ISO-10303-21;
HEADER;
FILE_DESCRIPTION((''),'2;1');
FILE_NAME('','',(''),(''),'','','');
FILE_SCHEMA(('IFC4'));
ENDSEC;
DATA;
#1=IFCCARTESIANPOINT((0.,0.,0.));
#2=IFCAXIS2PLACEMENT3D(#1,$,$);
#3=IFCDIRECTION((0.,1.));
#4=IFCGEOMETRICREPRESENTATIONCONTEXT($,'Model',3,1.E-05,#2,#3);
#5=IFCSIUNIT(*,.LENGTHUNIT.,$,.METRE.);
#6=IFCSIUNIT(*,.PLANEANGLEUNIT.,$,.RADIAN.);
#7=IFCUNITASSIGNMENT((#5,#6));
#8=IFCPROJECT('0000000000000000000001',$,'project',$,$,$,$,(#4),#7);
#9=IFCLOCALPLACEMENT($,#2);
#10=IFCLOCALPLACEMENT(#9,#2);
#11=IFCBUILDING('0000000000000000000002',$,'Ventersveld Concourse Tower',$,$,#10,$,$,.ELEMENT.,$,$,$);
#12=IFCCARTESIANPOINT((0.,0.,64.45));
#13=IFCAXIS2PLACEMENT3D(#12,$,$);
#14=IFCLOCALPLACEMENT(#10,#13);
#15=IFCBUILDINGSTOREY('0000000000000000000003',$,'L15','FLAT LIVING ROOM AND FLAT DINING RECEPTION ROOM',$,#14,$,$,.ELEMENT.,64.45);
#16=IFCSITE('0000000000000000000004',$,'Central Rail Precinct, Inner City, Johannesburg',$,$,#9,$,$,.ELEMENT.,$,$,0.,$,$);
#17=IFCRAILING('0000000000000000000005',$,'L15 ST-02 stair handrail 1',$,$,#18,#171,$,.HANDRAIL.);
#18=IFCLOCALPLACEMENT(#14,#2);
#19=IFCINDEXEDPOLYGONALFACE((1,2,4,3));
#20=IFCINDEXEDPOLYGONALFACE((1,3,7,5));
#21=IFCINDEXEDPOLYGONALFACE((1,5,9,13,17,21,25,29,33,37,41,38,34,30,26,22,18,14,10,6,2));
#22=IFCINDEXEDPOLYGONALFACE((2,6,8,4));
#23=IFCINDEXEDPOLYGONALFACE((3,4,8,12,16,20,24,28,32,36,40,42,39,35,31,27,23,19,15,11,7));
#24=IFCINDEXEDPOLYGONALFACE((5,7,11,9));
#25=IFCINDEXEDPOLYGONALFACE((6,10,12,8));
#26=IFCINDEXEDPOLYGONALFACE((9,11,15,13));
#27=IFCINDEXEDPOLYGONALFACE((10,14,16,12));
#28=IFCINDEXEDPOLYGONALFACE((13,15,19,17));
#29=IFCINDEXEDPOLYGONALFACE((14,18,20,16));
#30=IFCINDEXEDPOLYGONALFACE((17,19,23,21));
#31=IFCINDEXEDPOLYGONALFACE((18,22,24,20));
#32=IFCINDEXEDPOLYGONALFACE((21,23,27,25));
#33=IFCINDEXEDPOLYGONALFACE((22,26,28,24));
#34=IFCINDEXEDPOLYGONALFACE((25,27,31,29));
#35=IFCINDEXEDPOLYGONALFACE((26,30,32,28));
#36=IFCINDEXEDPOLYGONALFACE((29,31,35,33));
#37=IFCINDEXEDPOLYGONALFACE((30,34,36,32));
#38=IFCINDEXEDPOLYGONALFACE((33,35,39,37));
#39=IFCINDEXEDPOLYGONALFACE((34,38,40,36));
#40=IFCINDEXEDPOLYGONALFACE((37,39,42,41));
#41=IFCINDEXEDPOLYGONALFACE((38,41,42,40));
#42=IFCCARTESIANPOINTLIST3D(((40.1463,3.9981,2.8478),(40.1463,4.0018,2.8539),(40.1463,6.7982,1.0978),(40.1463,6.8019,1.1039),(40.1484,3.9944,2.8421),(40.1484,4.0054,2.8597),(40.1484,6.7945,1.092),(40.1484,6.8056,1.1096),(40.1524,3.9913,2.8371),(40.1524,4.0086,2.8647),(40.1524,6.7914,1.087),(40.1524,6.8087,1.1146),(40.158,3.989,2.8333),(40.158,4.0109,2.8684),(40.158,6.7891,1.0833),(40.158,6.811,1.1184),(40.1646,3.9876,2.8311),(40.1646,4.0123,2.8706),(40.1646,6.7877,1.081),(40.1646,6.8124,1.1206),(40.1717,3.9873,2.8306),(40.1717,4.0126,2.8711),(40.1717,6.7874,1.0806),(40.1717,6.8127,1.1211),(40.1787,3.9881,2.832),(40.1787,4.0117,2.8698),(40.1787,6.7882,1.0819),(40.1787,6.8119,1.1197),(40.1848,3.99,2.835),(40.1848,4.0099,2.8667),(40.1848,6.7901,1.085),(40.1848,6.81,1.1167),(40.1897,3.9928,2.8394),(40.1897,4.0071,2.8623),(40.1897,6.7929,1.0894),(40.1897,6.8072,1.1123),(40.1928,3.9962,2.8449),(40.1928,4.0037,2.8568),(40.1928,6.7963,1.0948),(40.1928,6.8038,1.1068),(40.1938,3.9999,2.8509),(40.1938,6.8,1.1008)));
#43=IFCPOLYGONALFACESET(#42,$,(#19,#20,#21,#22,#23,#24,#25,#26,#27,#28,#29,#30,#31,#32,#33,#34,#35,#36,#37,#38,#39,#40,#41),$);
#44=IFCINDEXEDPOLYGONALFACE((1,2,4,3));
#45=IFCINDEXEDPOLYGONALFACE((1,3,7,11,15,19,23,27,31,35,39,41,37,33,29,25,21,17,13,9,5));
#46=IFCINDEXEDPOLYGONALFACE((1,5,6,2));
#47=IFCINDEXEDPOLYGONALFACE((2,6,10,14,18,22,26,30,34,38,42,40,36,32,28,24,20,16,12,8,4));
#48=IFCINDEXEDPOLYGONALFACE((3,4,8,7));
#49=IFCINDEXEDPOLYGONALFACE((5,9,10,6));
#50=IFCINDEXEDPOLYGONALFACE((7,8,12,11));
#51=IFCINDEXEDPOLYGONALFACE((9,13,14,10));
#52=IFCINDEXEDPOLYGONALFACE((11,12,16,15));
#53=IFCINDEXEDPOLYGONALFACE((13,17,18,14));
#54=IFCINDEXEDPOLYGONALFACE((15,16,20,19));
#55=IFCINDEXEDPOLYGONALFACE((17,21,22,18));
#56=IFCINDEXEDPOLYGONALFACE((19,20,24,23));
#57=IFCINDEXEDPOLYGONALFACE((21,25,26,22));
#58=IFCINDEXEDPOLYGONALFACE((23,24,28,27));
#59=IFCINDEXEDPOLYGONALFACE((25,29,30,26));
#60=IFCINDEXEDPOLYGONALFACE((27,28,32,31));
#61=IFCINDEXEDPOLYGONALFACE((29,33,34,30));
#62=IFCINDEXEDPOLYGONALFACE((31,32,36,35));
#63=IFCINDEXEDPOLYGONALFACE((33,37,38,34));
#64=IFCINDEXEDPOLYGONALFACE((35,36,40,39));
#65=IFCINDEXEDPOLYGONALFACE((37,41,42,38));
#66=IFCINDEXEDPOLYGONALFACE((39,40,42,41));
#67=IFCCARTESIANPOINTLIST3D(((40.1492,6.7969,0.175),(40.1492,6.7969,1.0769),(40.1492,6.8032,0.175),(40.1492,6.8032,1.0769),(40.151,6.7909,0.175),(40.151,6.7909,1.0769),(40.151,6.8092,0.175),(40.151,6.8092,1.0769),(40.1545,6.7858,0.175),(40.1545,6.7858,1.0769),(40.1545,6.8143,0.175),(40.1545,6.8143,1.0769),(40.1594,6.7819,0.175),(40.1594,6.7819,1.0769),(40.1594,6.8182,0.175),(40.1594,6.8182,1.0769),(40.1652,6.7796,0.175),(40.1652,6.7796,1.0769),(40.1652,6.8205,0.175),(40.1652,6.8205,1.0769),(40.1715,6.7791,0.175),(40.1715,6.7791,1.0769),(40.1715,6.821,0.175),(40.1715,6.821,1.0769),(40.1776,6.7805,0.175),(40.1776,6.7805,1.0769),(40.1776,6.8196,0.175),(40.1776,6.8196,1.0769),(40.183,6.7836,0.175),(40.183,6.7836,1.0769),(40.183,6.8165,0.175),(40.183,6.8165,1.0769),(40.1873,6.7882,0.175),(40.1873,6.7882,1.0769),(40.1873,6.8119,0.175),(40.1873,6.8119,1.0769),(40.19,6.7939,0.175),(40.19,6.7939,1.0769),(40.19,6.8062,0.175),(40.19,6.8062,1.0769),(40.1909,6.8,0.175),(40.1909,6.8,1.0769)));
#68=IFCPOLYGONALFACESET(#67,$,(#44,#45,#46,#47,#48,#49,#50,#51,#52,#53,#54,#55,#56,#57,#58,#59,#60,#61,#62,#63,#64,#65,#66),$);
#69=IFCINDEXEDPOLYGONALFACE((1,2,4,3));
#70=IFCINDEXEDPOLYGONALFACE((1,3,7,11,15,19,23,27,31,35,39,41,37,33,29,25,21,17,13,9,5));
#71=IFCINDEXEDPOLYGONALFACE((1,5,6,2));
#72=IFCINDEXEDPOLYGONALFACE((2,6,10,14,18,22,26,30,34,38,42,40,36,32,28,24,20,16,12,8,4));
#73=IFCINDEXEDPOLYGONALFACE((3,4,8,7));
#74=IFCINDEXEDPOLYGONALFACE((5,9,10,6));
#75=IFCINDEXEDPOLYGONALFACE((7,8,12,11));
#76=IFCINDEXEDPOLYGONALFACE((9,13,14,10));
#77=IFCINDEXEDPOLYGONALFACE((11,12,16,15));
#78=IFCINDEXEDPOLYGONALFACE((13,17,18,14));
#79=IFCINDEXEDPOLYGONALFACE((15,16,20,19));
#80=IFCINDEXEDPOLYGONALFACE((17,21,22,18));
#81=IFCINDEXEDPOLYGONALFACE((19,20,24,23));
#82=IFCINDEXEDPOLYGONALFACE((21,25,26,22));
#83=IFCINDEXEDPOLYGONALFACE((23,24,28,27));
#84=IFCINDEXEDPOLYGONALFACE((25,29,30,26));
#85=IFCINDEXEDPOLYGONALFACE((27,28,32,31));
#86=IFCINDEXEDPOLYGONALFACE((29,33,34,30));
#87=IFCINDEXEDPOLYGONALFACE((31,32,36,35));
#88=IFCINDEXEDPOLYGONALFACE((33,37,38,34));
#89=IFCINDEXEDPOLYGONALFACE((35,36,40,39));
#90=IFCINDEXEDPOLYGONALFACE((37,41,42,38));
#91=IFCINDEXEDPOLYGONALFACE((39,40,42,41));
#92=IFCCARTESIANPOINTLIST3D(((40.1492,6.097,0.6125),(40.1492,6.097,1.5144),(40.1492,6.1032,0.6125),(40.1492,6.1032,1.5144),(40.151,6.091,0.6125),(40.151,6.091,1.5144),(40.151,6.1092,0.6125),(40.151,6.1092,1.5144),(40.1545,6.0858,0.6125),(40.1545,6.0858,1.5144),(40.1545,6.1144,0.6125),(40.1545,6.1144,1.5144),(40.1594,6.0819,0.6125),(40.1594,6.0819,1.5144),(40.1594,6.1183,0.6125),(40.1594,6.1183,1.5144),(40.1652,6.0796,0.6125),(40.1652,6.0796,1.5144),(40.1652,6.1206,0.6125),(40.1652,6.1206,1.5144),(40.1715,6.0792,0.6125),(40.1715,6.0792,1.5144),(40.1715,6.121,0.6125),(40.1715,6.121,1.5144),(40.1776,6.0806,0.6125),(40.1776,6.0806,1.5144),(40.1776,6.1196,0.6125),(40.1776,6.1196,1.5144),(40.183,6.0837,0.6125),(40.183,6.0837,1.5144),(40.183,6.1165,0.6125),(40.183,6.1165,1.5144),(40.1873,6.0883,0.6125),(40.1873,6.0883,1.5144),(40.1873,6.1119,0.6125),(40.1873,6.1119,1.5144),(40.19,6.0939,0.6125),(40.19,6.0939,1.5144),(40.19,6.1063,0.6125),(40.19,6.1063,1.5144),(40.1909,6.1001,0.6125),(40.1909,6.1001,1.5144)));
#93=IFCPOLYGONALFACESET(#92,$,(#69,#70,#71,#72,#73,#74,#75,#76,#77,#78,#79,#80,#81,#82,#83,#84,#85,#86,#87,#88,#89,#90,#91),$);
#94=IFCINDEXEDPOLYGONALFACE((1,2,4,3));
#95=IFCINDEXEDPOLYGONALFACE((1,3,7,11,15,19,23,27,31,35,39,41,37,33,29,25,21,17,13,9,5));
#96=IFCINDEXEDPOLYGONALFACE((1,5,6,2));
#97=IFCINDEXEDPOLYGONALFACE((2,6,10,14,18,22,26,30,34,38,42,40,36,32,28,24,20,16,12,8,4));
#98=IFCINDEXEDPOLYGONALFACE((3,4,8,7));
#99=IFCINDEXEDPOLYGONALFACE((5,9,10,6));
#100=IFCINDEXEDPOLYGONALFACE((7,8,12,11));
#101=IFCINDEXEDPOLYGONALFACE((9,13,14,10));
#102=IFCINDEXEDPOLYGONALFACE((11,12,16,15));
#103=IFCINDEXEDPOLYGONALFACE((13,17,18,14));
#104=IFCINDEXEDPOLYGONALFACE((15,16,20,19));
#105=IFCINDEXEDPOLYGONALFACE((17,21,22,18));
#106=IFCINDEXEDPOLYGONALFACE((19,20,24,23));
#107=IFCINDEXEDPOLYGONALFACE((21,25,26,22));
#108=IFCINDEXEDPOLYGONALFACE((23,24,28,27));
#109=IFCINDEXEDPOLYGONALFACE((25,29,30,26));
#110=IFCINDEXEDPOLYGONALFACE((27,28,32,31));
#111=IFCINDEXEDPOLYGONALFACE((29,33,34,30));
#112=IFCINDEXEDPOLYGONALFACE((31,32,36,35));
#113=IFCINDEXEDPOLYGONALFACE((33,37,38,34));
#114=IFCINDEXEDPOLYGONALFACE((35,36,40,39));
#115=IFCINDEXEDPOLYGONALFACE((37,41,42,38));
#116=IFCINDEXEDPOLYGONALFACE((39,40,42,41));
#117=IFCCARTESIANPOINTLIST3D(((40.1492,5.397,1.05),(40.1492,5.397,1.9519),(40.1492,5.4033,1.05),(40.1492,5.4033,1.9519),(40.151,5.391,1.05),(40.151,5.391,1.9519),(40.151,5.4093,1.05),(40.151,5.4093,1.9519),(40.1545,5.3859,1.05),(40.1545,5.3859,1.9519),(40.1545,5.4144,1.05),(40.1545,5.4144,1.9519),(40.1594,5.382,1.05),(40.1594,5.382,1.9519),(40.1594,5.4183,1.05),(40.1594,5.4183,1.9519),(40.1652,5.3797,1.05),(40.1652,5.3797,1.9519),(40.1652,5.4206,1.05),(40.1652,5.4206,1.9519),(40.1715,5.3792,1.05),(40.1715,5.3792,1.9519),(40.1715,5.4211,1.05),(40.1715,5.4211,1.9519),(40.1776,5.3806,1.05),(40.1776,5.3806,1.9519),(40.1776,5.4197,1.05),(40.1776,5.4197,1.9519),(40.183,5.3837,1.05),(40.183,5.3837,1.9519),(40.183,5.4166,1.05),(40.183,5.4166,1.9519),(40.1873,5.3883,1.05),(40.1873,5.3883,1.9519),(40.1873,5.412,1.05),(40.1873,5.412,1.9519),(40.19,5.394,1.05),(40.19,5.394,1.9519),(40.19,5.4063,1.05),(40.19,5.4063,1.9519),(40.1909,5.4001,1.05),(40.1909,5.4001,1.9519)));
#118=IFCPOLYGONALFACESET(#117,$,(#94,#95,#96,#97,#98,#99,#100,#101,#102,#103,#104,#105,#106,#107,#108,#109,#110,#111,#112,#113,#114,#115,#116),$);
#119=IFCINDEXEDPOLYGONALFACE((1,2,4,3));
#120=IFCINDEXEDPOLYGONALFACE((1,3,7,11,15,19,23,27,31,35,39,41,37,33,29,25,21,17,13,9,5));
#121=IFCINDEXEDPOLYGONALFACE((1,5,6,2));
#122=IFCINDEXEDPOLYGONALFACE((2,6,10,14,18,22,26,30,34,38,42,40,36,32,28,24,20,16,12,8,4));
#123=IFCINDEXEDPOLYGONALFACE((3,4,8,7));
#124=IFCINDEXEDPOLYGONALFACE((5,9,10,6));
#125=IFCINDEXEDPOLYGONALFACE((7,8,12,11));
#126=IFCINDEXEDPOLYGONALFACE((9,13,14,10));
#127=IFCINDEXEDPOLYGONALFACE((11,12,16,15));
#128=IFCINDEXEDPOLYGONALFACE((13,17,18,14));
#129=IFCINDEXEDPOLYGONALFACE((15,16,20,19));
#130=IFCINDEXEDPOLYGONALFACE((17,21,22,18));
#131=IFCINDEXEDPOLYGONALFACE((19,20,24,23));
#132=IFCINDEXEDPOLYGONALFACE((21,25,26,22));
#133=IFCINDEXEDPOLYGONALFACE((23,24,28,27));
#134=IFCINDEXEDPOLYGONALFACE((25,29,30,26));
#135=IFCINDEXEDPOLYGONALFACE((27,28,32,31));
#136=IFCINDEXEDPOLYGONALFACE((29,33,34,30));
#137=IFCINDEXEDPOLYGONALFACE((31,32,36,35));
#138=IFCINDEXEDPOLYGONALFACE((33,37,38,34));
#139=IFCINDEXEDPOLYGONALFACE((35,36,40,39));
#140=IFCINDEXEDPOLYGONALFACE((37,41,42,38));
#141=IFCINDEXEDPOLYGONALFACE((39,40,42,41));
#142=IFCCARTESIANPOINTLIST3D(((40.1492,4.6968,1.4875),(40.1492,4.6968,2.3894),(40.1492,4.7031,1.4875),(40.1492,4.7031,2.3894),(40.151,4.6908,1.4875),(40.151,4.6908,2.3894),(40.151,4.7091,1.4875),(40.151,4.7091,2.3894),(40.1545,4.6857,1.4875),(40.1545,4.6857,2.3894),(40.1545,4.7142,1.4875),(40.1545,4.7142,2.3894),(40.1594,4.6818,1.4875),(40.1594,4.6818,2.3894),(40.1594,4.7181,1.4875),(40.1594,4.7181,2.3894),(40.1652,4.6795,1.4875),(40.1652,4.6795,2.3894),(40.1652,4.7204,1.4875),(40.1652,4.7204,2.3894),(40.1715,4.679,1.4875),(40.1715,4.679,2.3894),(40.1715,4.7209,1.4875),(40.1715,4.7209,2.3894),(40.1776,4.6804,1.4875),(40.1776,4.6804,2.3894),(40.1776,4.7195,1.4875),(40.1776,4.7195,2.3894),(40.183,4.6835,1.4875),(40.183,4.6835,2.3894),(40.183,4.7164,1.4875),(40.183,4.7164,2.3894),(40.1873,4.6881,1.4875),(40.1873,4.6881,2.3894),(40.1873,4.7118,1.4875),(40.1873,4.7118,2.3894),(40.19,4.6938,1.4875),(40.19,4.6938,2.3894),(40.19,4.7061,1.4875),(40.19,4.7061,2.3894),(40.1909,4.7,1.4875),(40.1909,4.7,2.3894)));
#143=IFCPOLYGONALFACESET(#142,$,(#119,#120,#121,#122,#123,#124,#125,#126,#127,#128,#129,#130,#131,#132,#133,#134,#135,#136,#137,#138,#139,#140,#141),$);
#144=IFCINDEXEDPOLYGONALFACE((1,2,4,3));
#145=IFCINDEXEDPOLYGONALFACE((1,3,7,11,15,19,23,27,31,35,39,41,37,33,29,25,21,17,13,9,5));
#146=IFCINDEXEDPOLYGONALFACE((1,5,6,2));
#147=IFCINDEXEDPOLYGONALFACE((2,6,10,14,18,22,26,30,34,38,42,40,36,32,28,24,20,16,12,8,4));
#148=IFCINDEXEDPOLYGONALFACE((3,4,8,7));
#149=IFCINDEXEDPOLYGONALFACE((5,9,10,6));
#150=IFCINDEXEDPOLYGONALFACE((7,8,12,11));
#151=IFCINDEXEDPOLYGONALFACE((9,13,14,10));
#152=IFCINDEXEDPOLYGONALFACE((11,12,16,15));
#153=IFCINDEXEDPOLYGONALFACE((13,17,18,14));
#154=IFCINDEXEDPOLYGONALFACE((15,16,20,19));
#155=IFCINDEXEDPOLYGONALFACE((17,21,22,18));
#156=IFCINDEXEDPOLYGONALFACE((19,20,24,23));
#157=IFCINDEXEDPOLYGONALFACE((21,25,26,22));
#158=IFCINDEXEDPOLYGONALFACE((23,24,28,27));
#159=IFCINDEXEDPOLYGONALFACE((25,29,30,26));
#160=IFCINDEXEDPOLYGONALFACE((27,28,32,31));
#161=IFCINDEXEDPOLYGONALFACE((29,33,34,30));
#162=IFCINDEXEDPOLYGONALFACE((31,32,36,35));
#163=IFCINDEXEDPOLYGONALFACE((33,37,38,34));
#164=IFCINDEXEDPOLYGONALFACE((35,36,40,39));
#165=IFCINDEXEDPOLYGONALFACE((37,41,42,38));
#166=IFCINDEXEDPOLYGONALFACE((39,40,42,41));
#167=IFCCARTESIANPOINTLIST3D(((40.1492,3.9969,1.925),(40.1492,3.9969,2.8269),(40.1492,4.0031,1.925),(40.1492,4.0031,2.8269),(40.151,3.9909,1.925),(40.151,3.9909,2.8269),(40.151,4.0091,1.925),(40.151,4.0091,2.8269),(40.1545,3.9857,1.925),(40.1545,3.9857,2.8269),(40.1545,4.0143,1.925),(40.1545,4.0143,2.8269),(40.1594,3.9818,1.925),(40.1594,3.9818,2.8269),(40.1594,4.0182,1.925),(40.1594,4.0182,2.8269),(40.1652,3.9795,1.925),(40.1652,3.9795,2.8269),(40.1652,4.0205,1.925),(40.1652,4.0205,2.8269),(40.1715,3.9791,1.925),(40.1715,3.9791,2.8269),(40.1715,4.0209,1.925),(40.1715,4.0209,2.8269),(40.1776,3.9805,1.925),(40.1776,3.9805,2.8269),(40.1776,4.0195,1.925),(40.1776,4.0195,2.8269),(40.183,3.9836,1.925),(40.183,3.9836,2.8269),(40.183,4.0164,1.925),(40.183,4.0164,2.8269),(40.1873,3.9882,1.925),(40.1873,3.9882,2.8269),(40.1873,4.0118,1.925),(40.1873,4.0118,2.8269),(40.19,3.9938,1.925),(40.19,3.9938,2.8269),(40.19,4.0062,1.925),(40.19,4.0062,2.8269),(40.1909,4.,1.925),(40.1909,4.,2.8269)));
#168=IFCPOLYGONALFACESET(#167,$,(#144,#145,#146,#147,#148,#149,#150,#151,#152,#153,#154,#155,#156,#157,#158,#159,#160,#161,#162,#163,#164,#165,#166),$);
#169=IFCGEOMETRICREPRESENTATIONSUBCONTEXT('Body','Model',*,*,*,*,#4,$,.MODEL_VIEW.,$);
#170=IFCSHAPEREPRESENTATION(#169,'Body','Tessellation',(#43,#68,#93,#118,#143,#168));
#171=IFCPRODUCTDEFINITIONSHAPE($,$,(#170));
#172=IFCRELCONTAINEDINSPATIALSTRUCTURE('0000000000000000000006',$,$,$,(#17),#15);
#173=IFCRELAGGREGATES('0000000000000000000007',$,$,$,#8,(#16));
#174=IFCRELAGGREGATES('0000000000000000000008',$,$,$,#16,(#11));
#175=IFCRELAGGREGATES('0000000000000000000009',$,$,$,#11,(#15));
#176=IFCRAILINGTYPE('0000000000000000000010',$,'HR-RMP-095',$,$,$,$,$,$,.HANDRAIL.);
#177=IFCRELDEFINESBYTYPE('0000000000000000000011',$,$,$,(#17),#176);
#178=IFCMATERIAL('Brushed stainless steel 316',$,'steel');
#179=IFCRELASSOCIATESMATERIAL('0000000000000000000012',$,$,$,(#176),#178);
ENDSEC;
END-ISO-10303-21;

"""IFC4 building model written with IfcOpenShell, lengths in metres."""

from ifc_helpers import new_model, si_unit, direction, frame, origin, origin_2d, place, context, subcontext, project, spatial, circle, extrude, material, type_object, element, save


model = new_model("IFC4")

# Units and contexts
model_context = context("Model", 3, precision=1e-05, world=origin(), true_north=direction((0.0, 1.0)))
body_context = subcontext(model_context, "Body", "Model", "MODEL_VIEW")
ifc_project = project(units=[si_unit("LENGTHUNIT", "METRE"), si_unit("PLANEANGLEUNIT", "RADIAN")], contexts=[model_context])

# Site, building, storey
site_placement = place(None, origin())
site = spatial("IfcSite", under=ifc_project, at=site_placement, Name="Central Rail Precinct, Inner City, Johannesburg", CompositionType="ELEMENT", RefElevation=0.0)
building_placement = place(site_placement, origin())
building = spatial("IfcBuilding", under=site, at=building_placement, Name="Ventersveld Concourse Tower", CompositionType="ELEMENT")
storey_placement = place(building_placement, frame((0.0, 0.0, 64.45)))
storey = spatial("IfcBuildingStorey", under=building, at=storey_placement, Name="L15", Description="FLAT LIVING ROOM AND FLAT DINING RECEPTION ROOM", CompositionType="ELEMENT", Elevation=64.45)

# Railing
ifc_material_1 = material(Name="Brushed stainless steel 316", Category="steel")
railing_type_1 = type_object("IfcRailingType", Name="HR-RMP-095", PredefinedType="HANDRAIL", material=ifc_material_1)
railing_1_placement = place(storey_placement, frame((40.1699, 6.8, 0.175)))
element("IfcRailing", 1, at=railing_1_placement, inside=storey, type_object=railing_type_1, Name="L15 ST-02 stair handrail 1", PredefinedType="HANDRAIL", context=body_context, shape_type="SweptSolid", body=[
    extrude(circle(Radius=0.0239, at=origin_2d()), frame((0.0, 0.0, 0.9258), z_axis=(0.0, -0.848002, 0.529992), x_axis=(1.0, 0.0, 0.0)), (0.0, 0.0, 1.0), 3.302),
    extrude(circle(Radius=0.021, at=origin_2d()), origin(), (0.0, 0.0, 1.0), 0.9019),
    extrude(circle(Radius=0.021, at=origin_2d()), frame((0.0, -0.7, 0.4375)), (0.0, 0.0, 1.0), 0.9019),
    extrude(circle(Radius=0.021, at=origin_2d()), frame((0.0, -1.3999, 0.875)), (0.0, 0.0, 1.0), 0.9019),
    extrude(circle(Radius=0.021, at=origin_2d()), frame((0.0, -2.1001, 1.3125)), (0.0, 0.0, 1.0), 0.9019),
    extrude(circle(Radius=0.021, at=origin_2d()), frame((0.0, -2.8, 1.75)), (0.0, 0.0, 1.0), 0.9019),
])

save(model, "model.ifc")
